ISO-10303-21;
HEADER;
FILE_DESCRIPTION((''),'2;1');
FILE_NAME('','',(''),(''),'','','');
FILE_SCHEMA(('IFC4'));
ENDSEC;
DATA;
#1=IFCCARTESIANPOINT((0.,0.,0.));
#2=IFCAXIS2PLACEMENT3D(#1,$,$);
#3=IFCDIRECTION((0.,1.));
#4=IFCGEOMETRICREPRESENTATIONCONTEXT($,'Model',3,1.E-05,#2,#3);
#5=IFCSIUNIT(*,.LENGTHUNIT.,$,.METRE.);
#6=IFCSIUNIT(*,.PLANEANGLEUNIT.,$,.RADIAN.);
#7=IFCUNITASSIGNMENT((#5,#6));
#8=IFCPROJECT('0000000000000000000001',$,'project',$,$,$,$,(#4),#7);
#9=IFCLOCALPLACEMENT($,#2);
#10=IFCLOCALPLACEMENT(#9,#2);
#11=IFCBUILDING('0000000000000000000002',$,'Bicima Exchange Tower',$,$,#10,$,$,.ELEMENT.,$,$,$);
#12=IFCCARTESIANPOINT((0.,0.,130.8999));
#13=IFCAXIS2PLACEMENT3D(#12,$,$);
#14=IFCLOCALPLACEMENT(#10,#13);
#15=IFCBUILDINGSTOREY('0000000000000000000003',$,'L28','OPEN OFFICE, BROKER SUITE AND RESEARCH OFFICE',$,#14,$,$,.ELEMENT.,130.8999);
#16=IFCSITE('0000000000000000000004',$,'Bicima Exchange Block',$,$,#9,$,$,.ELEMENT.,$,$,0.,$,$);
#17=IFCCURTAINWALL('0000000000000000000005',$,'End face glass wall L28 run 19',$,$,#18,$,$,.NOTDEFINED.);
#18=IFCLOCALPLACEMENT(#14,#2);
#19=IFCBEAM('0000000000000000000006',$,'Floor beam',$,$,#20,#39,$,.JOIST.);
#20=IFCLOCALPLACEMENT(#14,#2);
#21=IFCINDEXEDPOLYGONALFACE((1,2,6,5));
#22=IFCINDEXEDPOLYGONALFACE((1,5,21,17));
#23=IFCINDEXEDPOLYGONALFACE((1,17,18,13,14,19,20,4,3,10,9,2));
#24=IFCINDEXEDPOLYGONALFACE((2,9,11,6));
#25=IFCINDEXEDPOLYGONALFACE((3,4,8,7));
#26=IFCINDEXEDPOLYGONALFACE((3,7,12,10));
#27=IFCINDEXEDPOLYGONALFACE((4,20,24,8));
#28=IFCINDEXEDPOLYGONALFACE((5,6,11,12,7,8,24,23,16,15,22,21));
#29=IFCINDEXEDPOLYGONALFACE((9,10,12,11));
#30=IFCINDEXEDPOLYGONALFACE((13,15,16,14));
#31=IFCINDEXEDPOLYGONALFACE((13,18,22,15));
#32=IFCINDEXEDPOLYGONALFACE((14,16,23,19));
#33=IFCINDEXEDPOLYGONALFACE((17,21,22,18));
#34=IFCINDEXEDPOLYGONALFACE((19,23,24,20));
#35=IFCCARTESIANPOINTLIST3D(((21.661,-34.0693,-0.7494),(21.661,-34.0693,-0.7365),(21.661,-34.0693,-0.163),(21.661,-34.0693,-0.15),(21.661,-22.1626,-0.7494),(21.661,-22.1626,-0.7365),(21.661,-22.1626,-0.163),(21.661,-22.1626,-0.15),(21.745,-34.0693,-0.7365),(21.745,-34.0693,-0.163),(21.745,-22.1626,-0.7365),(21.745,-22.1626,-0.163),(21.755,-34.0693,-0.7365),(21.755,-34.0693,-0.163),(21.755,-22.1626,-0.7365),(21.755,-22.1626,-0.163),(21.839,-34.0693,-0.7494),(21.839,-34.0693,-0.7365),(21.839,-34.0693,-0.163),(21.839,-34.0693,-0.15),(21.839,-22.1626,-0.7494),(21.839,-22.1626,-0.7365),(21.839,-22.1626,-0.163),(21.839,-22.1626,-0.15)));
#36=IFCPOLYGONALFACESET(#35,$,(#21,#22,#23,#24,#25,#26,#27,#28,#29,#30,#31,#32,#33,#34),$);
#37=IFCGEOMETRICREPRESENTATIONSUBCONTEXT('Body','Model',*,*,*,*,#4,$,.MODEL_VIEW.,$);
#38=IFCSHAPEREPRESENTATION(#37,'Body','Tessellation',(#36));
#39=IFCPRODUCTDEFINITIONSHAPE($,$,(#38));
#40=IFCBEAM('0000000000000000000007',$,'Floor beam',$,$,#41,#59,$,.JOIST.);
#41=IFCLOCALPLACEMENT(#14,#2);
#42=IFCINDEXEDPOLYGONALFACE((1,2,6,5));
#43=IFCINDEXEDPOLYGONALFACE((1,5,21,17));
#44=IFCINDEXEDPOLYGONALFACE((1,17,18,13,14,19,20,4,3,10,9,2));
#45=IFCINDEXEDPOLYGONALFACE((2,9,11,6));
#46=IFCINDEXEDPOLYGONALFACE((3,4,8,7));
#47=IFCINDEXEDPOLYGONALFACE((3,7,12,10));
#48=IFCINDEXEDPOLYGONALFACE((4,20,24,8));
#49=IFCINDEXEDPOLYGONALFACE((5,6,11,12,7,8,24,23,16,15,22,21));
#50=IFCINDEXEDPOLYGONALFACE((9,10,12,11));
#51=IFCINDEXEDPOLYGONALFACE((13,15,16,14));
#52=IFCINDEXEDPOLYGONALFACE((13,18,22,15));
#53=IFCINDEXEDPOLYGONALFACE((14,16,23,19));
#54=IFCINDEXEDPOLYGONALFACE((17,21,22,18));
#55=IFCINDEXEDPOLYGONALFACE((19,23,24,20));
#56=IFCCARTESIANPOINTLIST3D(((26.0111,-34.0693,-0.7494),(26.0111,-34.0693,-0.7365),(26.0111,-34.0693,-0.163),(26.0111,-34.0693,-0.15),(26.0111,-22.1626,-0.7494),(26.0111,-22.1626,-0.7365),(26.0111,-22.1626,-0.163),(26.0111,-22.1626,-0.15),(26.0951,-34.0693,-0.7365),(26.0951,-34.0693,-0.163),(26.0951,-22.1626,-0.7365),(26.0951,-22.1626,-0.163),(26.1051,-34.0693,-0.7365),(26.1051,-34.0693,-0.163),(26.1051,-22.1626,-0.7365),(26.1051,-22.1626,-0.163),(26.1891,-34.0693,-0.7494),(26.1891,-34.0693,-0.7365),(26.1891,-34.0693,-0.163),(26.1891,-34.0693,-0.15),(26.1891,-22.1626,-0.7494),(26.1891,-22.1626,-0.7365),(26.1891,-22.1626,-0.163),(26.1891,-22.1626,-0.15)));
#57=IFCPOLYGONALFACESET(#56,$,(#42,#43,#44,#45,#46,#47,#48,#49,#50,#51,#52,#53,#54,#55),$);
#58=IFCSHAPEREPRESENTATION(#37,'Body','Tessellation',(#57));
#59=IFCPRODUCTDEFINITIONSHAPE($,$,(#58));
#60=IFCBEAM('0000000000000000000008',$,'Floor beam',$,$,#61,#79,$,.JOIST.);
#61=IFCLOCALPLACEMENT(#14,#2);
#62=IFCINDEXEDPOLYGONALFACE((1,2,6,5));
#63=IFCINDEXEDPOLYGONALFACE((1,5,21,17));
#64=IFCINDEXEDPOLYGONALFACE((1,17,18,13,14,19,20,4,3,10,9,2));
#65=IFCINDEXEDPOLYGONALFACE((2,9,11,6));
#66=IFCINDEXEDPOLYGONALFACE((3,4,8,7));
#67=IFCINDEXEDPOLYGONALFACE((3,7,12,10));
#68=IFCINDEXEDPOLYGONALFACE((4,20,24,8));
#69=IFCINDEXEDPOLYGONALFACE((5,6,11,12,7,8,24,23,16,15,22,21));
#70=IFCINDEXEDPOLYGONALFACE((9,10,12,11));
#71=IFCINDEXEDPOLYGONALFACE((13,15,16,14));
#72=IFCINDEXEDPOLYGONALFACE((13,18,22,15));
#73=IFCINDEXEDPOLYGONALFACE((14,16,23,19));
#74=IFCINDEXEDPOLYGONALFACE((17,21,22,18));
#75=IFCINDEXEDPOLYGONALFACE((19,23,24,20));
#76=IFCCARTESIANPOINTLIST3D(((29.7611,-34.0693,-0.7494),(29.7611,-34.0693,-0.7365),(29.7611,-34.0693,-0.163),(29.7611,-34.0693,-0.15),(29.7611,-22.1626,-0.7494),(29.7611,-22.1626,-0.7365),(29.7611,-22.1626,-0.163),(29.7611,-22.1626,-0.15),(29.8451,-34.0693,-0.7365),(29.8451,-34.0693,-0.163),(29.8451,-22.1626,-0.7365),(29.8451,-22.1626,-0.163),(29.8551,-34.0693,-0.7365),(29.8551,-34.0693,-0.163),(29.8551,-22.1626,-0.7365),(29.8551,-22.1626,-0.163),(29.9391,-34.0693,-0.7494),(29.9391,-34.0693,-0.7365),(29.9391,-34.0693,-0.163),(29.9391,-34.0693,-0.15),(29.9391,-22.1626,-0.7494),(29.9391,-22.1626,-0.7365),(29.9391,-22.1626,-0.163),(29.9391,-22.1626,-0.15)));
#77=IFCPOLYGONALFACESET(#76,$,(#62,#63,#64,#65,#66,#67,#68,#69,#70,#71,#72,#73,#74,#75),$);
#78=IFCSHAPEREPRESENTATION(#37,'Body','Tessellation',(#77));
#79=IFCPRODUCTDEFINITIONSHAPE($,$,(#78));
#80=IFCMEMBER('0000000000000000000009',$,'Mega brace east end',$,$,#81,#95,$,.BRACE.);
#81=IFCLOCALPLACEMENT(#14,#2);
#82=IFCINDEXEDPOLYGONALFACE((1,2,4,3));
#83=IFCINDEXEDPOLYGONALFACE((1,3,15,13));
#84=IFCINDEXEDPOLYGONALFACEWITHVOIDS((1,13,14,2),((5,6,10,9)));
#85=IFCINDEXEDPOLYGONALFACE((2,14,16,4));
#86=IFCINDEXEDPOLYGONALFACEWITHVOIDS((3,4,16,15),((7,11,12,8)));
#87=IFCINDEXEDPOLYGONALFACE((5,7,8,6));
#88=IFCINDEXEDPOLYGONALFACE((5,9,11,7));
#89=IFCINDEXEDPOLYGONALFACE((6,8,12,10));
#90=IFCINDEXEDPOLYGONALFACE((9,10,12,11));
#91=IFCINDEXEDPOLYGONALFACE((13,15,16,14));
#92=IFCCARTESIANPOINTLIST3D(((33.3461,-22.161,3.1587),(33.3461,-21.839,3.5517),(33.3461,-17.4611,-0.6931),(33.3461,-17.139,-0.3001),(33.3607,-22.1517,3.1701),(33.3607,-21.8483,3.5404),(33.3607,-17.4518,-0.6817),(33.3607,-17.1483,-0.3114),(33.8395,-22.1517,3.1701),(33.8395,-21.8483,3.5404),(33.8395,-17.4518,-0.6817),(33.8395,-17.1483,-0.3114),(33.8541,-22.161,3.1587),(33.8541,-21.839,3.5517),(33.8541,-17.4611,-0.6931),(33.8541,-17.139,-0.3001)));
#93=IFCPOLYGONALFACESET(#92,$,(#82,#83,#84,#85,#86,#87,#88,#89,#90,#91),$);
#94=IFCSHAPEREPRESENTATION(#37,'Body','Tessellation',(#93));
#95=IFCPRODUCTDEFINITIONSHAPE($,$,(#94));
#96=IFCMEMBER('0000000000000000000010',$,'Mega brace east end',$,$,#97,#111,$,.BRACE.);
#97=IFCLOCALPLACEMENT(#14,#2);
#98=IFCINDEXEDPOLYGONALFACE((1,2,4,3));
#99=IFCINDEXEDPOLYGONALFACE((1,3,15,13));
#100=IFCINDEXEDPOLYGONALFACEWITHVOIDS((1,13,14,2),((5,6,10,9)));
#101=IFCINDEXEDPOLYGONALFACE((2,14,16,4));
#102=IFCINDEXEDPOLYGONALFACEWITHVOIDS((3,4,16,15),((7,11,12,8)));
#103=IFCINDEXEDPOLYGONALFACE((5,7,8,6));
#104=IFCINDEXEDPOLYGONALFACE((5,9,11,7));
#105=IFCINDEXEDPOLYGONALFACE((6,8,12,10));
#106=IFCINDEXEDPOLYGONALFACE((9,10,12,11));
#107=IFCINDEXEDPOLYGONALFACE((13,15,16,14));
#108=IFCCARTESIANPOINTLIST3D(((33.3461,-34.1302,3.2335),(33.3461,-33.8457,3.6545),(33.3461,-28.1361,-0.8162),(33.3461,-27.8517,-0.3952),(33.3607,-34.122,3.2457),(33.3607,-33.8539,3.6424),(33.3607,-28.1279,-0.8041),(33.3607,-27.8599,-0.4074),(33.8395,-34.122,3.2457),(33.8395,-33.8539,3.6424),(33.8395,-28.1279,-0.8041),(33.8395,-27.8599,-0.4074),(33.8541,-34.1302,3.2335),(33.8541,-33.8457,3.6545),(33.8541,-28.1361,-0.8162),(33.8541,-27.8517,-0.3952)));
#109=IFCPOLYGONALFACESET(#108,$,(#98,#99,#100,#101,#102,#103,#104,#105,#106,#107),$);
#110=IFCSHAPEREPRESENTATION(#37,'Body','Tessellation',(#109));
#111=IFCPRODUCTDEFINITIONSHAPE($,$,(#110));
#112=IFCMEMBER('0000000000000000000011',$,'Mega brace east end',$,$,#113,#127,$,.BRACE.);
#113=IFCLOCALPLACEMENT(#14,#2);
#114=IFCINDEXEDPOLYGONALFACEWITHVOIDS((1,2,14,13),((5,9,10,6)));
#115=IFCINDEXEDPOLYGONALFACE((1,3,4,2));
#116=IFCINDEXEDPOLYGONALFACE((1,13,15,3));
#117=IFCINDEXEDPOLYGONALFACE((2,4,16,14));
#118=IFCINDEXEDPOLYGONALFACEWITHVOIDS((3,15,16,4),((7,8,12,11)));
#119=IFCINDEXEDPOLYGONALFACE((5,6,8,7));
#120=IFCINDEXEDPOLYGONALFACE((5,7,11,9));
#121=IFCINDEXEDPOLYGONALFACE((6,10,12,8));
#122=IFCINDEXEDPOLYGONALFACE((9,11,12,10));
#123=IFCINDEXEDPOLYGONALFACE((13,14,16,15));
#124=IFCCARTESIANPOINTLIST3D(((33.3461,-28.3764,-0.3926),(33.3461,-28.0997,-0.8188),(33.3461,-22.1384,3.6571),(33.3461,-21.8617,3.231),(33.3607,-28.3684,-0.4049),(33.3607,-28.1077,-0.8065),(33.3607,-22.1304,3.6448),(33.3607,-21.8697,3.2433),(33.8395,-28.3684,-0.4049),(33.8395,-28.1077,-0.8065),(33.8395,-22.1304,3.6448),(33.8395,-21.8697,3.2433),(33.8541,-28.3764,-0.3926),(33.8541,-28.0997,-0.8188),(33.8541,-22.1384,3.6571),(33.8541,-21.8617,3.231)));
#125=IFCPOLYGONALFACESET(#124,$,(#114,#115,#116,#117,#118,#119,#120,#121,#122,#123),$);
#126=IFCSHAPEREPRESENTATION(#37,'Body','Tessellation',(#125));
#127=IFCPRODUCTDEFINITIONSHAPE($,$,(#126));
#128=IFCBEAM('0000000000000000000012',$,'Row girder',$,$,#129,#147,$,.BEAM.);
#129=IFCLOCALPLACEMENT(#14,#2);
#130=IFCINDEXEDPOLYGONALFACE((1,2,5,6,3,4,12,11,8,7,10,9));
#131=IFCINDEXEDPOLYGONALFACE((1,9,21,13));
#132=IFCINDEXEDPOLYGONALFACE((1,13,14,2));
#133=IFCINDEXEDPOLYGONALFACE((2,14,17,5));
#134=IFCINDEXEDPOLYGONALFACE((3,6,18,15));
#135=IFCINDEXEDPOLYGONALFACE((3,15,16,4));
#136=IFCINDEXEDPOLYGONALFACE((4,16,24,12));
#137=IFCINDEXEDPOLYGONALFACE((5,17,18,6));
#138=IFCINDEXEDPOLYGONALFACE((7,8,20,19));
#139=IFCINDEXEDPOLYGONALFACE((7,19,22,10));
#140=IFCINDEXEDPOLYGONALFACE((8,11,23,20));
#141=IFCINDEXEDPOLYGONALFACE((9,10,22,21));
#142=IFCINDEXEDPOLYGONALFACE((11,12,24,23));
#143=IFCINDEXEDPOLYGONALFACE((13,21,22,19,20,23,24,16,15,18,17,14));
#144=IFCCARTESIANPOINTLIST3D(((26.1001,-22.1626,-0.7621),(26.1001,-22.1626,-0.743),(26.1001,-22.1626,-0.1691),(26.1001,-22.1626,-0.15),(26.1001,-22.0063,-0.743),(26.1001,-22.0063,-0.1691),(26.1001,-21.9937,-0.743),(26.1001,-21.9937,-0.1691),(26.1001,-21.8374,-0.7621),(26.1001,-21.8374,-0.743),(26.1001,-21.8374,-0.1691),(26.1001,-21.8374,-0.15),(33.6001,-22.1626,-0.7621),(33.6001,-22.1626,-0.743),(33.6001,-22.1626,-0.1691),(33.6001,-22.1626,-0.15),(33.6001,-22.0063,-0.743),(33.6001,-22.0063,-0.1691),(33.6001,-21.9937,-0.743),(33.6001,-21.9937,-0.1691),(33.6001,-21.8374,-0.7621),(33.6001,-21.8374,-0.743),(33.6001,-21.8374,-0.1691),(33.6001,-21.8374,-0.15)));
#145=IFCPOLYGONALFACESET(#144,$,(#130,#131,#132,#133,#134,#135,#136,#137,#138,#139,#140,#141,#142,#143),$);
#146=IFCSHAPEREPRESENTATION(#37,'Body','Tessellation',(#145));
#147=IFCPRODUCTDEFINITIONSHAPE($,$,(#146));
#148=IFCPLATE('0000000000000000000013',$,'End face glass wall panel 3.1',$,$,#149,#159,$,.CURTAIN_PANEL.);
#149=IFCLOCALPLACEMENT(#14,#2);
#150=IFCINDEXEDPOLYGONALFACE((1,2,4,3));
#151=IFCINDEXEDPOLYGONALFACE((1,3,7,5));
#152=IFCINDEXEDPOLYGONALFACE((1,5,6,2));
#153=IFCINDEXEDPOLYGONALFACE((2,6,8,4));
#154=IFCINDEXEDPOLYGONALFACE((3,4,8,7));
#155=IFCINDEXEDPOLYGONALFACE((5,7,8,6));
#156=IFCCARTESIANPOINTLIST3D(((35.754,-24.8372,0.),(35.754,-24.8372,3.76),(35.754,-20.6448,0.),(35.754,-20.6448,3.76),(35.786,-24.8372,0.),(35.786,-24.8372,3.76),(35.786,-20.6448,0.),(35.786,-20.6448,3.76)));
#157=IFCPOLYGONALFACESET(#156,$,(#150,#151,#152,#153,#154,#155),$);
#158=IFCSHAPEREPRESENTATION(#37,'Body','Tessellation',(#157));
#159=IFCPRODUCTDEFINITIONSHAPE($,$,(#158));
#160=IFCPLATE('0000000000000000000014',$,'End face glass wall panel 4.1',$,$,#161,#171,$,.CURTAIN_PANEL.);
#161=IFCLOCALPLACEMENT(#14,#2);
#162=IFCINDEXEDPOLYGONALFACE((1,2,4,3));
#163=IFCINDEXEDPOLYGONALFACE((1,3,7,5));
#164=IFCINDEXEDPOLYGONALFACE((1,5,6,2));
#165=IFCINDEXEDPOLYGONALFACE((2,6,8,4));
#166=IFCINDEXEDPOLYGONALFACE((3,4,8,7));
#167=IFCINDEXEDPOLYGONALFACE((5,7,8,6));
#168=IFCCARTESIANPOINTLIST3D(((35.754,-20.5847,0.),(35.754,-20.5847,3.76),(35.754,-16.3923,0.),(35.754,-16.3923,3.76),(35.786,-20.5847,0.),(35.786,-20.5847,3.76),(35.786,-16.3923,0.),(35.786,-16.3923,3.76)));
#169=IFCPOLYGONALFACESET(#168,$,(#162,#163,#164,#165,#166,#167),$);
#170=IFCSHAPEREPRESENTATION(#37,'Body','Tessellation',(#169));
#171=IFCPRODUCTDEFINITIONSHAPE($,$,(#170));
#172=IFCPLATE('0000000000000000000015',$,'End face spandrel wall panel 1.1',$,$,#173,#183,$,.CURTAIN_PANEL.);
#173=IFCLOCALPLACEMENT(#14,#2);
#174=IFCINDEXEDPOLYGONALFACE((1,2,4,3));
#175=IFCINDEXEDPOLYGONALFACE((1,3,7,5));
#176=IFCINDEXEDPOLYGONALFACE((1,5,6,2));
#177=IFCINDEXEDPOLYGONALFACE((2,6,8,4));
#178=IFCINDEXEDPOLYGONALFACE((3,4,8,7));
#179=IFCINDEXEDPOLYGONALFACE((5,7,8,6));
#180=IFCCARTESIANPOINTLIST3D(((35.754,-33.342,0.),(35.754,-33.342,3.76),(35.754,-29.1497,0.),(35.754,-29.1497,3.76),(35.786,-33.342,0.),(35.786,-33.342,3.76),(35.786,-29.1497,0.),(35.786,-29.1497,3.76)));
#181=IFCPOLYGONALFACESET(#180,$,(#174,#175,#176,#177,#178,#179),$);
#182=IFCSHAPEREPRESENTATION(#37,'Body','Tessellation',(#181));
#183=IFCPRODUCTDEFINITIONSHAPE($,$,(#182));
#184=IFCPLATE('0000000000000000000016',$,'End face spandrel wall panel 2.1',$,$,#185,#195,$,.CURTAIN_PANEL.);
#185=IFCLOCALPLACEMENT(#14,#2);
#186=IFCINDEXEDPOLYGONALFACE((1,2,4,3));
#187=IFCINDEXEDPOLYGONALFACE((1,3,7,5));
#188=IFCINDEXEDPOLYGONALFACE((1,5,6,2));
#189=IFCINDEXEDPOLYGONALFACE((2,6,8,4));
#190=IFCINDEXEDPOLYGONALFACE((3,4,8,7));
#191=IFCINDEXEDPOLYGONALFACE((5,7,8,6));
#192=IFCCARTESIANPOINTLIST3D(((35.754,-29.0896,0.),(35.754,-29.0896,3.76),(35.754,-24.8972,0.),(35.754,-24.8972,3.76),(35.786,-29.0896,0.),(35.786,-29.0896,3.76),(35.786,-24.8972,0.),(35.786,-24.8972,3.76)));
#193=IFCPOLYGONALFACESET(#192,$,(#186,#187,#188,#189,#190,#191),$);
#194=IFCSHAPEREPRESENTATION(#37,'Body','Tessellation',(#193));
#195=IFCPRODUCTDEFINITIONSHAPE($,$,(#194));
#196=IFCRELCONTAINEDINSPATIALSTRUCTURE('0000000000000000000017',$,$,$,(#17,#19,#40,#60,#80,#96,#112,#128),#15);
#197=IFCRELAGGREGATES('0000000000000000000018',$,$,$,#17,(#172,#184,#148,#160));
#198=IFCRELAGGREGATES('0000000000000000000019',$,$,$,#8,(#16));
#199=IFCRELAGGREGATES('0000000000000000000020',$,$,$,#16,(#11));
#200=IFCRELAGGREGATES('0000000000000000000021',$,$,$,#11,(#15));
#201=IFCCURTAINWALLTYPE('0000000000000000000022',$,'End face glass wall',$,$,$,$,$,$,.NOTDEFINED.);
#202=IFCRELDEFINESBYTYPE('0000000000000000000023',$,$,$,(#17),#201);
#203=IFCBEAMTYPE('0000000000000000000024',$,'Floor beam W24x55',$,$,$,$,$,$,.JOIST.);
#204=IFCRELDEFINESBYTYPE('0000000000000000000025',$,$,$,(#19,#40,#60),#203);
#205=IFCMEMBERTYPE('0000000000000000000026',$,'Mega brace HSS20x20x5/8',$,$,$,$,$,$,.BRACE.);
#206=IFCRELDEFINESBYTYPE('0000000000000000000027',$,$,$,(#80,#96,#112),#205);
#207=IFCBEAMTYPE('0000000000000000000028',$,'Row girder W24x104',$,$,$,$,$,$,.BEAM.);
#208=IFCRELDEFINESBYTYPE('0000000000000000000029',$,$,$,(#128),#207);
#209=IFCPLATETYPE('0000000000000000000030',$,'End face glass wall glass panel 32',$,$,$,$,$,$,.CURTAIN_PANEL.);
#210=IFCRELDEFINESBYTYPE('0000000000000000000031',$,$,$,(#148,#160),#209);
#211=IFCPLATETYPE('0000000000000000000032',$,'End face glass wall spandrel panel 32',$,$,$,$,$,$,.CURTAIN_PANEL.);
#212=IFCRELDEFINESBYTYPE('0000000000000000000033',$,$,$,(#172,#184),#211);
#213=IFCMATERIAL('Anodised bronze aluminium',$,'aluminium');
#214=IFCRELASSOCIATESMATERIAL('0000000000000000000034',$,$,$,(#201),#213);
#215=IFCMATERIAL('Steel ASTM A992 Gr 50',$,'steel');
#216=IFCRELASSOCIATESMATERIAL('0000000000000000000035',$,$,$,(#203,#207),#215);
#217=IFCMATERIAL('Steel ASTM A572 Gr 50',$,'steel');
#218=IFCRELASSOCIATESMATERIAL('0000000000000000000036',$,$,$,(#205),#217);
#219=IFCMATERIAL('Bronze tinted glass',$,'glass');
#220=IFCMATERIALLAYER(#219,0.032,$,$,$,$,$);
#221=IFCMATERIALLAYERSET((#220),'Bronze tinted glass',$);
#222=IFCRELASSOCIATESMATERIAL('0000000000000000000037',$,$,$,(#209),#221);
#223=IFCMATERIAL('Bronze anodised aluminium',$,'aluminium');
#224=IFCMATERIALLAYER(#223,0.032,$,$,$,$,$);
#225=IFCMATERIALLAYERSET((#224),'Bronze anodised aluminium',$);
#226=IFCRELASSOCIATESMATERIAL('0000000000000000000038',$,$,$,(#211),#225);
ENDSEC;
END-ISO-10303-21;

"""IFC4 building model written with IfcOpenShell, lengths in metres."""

from ifc_helpers import new_model, si_unit, direction, frame, origin, origin_2d, place, context, subcontext, project, spatial, rectangle, hollow_rectangle, i_section, extrude, material, layer, layer_set, material_profile, profile_set, type_object, element, aggregate, save


model = new_model("IFC4")

# Units and contexts
model_context = context("Model", 3, precision=1e-05, world=origin(), true_north=direction((0.0, 1.0)))
body_context = subcontext(model_context, "Body", "Model", "MODEL_VIEW")
ifc_project = project(units=[si_unit("LENGTHUNIT", "METRE"), si_unit("PLANEANGLEUNIT", "RADIAN")], contexts=[model_context])

# Site, building, storey
site_placement = place(None, origin())
site = spatial("IfcSite", under=ifc_project, at=site_placement, Name="Bicima Exchange Block", CompositionType="ELEMENT", RefElevation=0.0)
building_placement = place(site_placement, origin())
building = spatial("IfcBuilding", under=site, at=building_placement, Name="Bicima Exchange Tower", CompositionType="ELEMENT")
storey_placement = place(building_placement, frame((0.0, 0.0, 130.8999)))
storey = spatial("IfcBuildingStorey", under=building, at=storey_placement, Name="L28", Description="OPEN OFFICE, BROKER SUITE AND RESEARCH OFFICE", CompositionType="ELEMENT", Elevation=130.8999)

# Shared definitions
ifc_material_1 = material(Name="Steel ASTM A992 Gr 50", Category="steel")

# Curtain wall
ifc_material_2 = material(Name="Anodised bronze aluminium", Category="aluminium")
curtain_wall_type = type_object("IfcCurtainWallType", Name="End face glass wall", PredefinedType="NOTDEFINED", material=ifc_material_2)
curtain_wall_placement = place(storey_placement, origin())
curtain_wall = element("IfcCurtainWall", 1, at=curtain_wall_placement, inside=storey, type_object=curtain_wall_type, Name="End face glass wall L28 run 19", PredefinedType="NOTDEFINED")

# Beams
ifc_material_profile_1 = material_profile(ifc_material_1, i_section(OverallWidth=0.178, OverallDepth=0.5994, WebThickness=0.01, FlangeThickness=0.0129, at=origin_2d()))
ifc_profile_set_1 = profile_set([ifc_material_profile_1], Name="Steel ASTM A992 Gr 50")
beam_type_1 = type_object("IfcBeamType", Name="Floor beam W24x55", PredefinedType="JOIST", material=ifc_profile_set_1)
for number, where, z_axis, x_axis, name in (
    (2, (21.75, -22.1626, -0.4497), (0.0, -1.0, 0.0), (1.0, 0.0, 0.0), "Floor beam"),
    (3, (26.1001, -22.1626, -0.4497), (0.0, -1.0, 0.0), (1.0, 0.0, 0.0), "Floor beam"),
    (4, (29.8501, -22.1626, -0.4497), (0.0, -1.0, 0.0), (1.0, 0.0, 0.0), "Floor beam"),
):
    element("IfcBeam", number, at=place(storey_placement, frame(where, z_axis=z_axis, x_axis=x_axis)), inside=storey, type_object=beam_type_1, Name=name, PredefinedType="JOIST", context=body_context, shape_type="SweptSolid", body=[
        extrude(i_section(OverallWidth=0.178, OverallDepth=0.5994, WebThickness=0.01, FlangeThickness=0.0129, at=origin_2d()), origin(), (0.0, 0.0, 1.0), 11.9067),
    ])

# Members
ifc_material_3 = material(Name="Steel ASTM A572 Gr 50", Category="steel")
ifc_material_profile_2 = material_profile(ifc_material_3, hollow_rectangle(XDim=0.5081, YDim=0.5081, WallThickness=0.0146, at=origin_2d()))
ifc_profile_set_2 = profile_set([ifc_material_profile_2], Name="Steel ASTM A572 Gr 50")
member_type_1 = type_object("IfcMemberType", Name="Mega brace HSS20x20x5/8", PredefinedType="BRACE", material=ifc_profile_set_2)
member_1_placement = place(storey_placement, frame((33.6001, -17.3, -0.4966), z_axis=(0.0, -0.773442, 0.633868), x_axis=(1.0, 0.0, 0.0)))
element("IfcMember", 5, at=member_1_placement, inside=storey, type_object=member_type_1, Name="Mega brace east end", PredefinedType="BRACE", context=body_context, shape_type="SweptSolid", body=[
    extrude(hollow_rectangle(XDim=0.5081, YDim=0.5081, WallThickness=0.0146, at=origin_2d()), origin(), (0.0, 0.0, 1.0), 6.0767),
])
member_2_placement = place(storey_placement, frame((33.6001, -27.9939, -0.6057), z_axis=(0.0, -0.828608, 0.55983), x_axis=(1.0, 0.0, 0.0)))
element("IfcMember", 6, at=member_2_placement, inside=storey, type_object=member_type_1, Name="Mega brace east end", PredefinedType="BRACE", context=body_context, shape_type="SweptSolid", body=[
    extrude(hollow_rectangle(XDim=0.5081, YDim=0.5081, WallThickness=0.0146, at=origin_2d()), origin(), (0.0, 0.0, 1.0), 7.2339),
])
member_3_placement = place(storey_placement, frame((33.6001, -28.238, -0.6057), z_axis=(0.0, 0.838746, 0.544523), x_axis=(-1.0, 0.0, 0.0)))
element("IfcMember", 7, at=member_3_placement, inside=storey, type_object=member_type_1, Name="Mega brace east end", PredefinedType="BRACE", context=body_context, shape_type="SweptSolid", body=[
    extrude(hollow_rectangle(XDim=0.5081, YDim=0.5081, WallThickness=0.0146, at=origin_2d()), origin(), (0.0, 0.0, 1.0), 7.4373),
])

# Beam
ifc_material_profile_3 = material_profile(ifc_material_1, i_section(OverallWidth=0.3252, OverallDepth=0.6121, WebThickness=0.0127, FlangeThickness=0.019, at=origin_2d()))
ifc_profile_set_3 = profile_set([ifc_material_profile_3], Name="Steel ASTM A992 Gr 50")
beam_type_2 = type_object("IfcBeamType", Name="Row girder W24x104", PredefinedType="BEAM", material=ifc_profile_set_3)
beam_1_placement = place(storey_placement, frame((26.1001, -22.0, -0.4561), z_axis=(1.0, 0.0, 0.0), x_axis=(0.0, 1.0, 0.0)))
element("IfcBeam", 8, at=beam_1_placement, inside=storey, type_object=beam_type_2, Name="Row girder", PredefinedType="BEAM", context=body_context, shape_type="SweptSolid", body=[
    extrude(i_section(OverallWidth=0.3252, OverallDepth=0.6121, WebThickness=0.0127, FlangeThickness=0.019, at=origin_2d()), origin(), (0.0, 0.0, 1.0), 7.5),
])

# Plates
ifc_material_4 = material(Name="Bronze tinted glass", Category="glass")
ifc_layer_1 = layer(ifc_material_4, 0.032)
ifc_layer_set_1 = layer_set([ifc_layer_1], Name="Bronze tinted glass")
plate_type_1 = type_object("IfcPlateType", Name="End face glass wall glass panel 32", PredefinedType="CURTAIN_PANEL", material=ifc_layer_set_1)
plate_1_placement = place(storey_placement, frame((35.77, -22.741, 0.0), z_axis=(0.0, 0.0, 1.0), x_axis=(0.0, 1.0, 0.0)))
plate_1 = element("IfcPlate", 9, at=plate_1_placement, type_object=plate_type_1, Name="End face glass wall panel 3.1", PredefinedType="CURTAIN_PANEL", context=body_context, shape_type="SweptSolid", body=[
    extrude(rectangle(XDim=4.1924, YDim=0.032, at=origin_2d()), origin(), (0.0, 0.0, 1.0), 3.76),
])
plate_2_placement = place(storey_placement, frame((35.77, -18.4885, 0.0), z_axis=(0.0, 0.0, 1.0), x_axis=(0.0, 1.0, 0.0)))
plate_2 = element("IfcPlate", 10, at=plate_2_placement, type_object=plate_type_1, Name="End face glass wall panel 4.1", PredefinedType="CURTAIN_PANEL", context=body_context, shape_type="SweptSolid", body=[
    extrude(rectangle(XDim=4.1924, YDim=0.032, at=origin_2d()), origin(), (0.0, 0.0, 1.0), 3.76),
])
ifc_material_5 = material(Name="Bronze anodised aluminium", Category="aluminium")
ifc_layer_2 = layer(ifc_material_5, 0.032)
ifc_layer_set_2 = layer_set([ifc_layer_2], Name="Bronze anodised aluminium")
plate_type_2 = type_object("IfcPlateType", Name="End face glass wall spandrel panel 32", PredefinedType="CURTAIN_PANEL", material=ifc_layer_set_2)
plate_3_placement = place(storey_placement, frame((35.77, -31.2458, 0.0), z_axis=(0.0, 0.0, 1.0), x_axis=(0.0, 1.0, 0.0)))
plate_3 = element("IfcPlate", 11, at=plate_3_placement, type_object=plate_type_2, Name="End face spandrel wall panel 1.1", PredefinedType="CURTAIN_PANEL", context=body_context, shape_type="SweptSolid", body=[
    extrude(rectangle(XDim=4.1924, YDim=0.032, at=origin_2d()), origin(), (0.0, 0.0, 1.0), 3.76),
])
plate_4_placement = place(storey_placement, frame((35.77, -26.9934, 0.0), z_axis=(0.0, 0.0, 1.0), x_axis=(0.0, 1.0, 0.0)))
plate_4 = element("IfcPlate", 12, at=plate_4_placement, type_object=plate_type_2, Name="End face spandrel wall panel 2.1", PredefinedType="CURTAIN_PANEL", context=body_context, shape_type="SweptSolid", body=[
    extrude(rectangle(XDim=4.1924, YDim=0.032, at=origin_2d()), origin(), (0.0, 0.0, 1.0), 3.76),
])
aggregate(curtain_wall, [plate_3, plate_4, plate_1, plate_2])

save(model, "model.ifc")
